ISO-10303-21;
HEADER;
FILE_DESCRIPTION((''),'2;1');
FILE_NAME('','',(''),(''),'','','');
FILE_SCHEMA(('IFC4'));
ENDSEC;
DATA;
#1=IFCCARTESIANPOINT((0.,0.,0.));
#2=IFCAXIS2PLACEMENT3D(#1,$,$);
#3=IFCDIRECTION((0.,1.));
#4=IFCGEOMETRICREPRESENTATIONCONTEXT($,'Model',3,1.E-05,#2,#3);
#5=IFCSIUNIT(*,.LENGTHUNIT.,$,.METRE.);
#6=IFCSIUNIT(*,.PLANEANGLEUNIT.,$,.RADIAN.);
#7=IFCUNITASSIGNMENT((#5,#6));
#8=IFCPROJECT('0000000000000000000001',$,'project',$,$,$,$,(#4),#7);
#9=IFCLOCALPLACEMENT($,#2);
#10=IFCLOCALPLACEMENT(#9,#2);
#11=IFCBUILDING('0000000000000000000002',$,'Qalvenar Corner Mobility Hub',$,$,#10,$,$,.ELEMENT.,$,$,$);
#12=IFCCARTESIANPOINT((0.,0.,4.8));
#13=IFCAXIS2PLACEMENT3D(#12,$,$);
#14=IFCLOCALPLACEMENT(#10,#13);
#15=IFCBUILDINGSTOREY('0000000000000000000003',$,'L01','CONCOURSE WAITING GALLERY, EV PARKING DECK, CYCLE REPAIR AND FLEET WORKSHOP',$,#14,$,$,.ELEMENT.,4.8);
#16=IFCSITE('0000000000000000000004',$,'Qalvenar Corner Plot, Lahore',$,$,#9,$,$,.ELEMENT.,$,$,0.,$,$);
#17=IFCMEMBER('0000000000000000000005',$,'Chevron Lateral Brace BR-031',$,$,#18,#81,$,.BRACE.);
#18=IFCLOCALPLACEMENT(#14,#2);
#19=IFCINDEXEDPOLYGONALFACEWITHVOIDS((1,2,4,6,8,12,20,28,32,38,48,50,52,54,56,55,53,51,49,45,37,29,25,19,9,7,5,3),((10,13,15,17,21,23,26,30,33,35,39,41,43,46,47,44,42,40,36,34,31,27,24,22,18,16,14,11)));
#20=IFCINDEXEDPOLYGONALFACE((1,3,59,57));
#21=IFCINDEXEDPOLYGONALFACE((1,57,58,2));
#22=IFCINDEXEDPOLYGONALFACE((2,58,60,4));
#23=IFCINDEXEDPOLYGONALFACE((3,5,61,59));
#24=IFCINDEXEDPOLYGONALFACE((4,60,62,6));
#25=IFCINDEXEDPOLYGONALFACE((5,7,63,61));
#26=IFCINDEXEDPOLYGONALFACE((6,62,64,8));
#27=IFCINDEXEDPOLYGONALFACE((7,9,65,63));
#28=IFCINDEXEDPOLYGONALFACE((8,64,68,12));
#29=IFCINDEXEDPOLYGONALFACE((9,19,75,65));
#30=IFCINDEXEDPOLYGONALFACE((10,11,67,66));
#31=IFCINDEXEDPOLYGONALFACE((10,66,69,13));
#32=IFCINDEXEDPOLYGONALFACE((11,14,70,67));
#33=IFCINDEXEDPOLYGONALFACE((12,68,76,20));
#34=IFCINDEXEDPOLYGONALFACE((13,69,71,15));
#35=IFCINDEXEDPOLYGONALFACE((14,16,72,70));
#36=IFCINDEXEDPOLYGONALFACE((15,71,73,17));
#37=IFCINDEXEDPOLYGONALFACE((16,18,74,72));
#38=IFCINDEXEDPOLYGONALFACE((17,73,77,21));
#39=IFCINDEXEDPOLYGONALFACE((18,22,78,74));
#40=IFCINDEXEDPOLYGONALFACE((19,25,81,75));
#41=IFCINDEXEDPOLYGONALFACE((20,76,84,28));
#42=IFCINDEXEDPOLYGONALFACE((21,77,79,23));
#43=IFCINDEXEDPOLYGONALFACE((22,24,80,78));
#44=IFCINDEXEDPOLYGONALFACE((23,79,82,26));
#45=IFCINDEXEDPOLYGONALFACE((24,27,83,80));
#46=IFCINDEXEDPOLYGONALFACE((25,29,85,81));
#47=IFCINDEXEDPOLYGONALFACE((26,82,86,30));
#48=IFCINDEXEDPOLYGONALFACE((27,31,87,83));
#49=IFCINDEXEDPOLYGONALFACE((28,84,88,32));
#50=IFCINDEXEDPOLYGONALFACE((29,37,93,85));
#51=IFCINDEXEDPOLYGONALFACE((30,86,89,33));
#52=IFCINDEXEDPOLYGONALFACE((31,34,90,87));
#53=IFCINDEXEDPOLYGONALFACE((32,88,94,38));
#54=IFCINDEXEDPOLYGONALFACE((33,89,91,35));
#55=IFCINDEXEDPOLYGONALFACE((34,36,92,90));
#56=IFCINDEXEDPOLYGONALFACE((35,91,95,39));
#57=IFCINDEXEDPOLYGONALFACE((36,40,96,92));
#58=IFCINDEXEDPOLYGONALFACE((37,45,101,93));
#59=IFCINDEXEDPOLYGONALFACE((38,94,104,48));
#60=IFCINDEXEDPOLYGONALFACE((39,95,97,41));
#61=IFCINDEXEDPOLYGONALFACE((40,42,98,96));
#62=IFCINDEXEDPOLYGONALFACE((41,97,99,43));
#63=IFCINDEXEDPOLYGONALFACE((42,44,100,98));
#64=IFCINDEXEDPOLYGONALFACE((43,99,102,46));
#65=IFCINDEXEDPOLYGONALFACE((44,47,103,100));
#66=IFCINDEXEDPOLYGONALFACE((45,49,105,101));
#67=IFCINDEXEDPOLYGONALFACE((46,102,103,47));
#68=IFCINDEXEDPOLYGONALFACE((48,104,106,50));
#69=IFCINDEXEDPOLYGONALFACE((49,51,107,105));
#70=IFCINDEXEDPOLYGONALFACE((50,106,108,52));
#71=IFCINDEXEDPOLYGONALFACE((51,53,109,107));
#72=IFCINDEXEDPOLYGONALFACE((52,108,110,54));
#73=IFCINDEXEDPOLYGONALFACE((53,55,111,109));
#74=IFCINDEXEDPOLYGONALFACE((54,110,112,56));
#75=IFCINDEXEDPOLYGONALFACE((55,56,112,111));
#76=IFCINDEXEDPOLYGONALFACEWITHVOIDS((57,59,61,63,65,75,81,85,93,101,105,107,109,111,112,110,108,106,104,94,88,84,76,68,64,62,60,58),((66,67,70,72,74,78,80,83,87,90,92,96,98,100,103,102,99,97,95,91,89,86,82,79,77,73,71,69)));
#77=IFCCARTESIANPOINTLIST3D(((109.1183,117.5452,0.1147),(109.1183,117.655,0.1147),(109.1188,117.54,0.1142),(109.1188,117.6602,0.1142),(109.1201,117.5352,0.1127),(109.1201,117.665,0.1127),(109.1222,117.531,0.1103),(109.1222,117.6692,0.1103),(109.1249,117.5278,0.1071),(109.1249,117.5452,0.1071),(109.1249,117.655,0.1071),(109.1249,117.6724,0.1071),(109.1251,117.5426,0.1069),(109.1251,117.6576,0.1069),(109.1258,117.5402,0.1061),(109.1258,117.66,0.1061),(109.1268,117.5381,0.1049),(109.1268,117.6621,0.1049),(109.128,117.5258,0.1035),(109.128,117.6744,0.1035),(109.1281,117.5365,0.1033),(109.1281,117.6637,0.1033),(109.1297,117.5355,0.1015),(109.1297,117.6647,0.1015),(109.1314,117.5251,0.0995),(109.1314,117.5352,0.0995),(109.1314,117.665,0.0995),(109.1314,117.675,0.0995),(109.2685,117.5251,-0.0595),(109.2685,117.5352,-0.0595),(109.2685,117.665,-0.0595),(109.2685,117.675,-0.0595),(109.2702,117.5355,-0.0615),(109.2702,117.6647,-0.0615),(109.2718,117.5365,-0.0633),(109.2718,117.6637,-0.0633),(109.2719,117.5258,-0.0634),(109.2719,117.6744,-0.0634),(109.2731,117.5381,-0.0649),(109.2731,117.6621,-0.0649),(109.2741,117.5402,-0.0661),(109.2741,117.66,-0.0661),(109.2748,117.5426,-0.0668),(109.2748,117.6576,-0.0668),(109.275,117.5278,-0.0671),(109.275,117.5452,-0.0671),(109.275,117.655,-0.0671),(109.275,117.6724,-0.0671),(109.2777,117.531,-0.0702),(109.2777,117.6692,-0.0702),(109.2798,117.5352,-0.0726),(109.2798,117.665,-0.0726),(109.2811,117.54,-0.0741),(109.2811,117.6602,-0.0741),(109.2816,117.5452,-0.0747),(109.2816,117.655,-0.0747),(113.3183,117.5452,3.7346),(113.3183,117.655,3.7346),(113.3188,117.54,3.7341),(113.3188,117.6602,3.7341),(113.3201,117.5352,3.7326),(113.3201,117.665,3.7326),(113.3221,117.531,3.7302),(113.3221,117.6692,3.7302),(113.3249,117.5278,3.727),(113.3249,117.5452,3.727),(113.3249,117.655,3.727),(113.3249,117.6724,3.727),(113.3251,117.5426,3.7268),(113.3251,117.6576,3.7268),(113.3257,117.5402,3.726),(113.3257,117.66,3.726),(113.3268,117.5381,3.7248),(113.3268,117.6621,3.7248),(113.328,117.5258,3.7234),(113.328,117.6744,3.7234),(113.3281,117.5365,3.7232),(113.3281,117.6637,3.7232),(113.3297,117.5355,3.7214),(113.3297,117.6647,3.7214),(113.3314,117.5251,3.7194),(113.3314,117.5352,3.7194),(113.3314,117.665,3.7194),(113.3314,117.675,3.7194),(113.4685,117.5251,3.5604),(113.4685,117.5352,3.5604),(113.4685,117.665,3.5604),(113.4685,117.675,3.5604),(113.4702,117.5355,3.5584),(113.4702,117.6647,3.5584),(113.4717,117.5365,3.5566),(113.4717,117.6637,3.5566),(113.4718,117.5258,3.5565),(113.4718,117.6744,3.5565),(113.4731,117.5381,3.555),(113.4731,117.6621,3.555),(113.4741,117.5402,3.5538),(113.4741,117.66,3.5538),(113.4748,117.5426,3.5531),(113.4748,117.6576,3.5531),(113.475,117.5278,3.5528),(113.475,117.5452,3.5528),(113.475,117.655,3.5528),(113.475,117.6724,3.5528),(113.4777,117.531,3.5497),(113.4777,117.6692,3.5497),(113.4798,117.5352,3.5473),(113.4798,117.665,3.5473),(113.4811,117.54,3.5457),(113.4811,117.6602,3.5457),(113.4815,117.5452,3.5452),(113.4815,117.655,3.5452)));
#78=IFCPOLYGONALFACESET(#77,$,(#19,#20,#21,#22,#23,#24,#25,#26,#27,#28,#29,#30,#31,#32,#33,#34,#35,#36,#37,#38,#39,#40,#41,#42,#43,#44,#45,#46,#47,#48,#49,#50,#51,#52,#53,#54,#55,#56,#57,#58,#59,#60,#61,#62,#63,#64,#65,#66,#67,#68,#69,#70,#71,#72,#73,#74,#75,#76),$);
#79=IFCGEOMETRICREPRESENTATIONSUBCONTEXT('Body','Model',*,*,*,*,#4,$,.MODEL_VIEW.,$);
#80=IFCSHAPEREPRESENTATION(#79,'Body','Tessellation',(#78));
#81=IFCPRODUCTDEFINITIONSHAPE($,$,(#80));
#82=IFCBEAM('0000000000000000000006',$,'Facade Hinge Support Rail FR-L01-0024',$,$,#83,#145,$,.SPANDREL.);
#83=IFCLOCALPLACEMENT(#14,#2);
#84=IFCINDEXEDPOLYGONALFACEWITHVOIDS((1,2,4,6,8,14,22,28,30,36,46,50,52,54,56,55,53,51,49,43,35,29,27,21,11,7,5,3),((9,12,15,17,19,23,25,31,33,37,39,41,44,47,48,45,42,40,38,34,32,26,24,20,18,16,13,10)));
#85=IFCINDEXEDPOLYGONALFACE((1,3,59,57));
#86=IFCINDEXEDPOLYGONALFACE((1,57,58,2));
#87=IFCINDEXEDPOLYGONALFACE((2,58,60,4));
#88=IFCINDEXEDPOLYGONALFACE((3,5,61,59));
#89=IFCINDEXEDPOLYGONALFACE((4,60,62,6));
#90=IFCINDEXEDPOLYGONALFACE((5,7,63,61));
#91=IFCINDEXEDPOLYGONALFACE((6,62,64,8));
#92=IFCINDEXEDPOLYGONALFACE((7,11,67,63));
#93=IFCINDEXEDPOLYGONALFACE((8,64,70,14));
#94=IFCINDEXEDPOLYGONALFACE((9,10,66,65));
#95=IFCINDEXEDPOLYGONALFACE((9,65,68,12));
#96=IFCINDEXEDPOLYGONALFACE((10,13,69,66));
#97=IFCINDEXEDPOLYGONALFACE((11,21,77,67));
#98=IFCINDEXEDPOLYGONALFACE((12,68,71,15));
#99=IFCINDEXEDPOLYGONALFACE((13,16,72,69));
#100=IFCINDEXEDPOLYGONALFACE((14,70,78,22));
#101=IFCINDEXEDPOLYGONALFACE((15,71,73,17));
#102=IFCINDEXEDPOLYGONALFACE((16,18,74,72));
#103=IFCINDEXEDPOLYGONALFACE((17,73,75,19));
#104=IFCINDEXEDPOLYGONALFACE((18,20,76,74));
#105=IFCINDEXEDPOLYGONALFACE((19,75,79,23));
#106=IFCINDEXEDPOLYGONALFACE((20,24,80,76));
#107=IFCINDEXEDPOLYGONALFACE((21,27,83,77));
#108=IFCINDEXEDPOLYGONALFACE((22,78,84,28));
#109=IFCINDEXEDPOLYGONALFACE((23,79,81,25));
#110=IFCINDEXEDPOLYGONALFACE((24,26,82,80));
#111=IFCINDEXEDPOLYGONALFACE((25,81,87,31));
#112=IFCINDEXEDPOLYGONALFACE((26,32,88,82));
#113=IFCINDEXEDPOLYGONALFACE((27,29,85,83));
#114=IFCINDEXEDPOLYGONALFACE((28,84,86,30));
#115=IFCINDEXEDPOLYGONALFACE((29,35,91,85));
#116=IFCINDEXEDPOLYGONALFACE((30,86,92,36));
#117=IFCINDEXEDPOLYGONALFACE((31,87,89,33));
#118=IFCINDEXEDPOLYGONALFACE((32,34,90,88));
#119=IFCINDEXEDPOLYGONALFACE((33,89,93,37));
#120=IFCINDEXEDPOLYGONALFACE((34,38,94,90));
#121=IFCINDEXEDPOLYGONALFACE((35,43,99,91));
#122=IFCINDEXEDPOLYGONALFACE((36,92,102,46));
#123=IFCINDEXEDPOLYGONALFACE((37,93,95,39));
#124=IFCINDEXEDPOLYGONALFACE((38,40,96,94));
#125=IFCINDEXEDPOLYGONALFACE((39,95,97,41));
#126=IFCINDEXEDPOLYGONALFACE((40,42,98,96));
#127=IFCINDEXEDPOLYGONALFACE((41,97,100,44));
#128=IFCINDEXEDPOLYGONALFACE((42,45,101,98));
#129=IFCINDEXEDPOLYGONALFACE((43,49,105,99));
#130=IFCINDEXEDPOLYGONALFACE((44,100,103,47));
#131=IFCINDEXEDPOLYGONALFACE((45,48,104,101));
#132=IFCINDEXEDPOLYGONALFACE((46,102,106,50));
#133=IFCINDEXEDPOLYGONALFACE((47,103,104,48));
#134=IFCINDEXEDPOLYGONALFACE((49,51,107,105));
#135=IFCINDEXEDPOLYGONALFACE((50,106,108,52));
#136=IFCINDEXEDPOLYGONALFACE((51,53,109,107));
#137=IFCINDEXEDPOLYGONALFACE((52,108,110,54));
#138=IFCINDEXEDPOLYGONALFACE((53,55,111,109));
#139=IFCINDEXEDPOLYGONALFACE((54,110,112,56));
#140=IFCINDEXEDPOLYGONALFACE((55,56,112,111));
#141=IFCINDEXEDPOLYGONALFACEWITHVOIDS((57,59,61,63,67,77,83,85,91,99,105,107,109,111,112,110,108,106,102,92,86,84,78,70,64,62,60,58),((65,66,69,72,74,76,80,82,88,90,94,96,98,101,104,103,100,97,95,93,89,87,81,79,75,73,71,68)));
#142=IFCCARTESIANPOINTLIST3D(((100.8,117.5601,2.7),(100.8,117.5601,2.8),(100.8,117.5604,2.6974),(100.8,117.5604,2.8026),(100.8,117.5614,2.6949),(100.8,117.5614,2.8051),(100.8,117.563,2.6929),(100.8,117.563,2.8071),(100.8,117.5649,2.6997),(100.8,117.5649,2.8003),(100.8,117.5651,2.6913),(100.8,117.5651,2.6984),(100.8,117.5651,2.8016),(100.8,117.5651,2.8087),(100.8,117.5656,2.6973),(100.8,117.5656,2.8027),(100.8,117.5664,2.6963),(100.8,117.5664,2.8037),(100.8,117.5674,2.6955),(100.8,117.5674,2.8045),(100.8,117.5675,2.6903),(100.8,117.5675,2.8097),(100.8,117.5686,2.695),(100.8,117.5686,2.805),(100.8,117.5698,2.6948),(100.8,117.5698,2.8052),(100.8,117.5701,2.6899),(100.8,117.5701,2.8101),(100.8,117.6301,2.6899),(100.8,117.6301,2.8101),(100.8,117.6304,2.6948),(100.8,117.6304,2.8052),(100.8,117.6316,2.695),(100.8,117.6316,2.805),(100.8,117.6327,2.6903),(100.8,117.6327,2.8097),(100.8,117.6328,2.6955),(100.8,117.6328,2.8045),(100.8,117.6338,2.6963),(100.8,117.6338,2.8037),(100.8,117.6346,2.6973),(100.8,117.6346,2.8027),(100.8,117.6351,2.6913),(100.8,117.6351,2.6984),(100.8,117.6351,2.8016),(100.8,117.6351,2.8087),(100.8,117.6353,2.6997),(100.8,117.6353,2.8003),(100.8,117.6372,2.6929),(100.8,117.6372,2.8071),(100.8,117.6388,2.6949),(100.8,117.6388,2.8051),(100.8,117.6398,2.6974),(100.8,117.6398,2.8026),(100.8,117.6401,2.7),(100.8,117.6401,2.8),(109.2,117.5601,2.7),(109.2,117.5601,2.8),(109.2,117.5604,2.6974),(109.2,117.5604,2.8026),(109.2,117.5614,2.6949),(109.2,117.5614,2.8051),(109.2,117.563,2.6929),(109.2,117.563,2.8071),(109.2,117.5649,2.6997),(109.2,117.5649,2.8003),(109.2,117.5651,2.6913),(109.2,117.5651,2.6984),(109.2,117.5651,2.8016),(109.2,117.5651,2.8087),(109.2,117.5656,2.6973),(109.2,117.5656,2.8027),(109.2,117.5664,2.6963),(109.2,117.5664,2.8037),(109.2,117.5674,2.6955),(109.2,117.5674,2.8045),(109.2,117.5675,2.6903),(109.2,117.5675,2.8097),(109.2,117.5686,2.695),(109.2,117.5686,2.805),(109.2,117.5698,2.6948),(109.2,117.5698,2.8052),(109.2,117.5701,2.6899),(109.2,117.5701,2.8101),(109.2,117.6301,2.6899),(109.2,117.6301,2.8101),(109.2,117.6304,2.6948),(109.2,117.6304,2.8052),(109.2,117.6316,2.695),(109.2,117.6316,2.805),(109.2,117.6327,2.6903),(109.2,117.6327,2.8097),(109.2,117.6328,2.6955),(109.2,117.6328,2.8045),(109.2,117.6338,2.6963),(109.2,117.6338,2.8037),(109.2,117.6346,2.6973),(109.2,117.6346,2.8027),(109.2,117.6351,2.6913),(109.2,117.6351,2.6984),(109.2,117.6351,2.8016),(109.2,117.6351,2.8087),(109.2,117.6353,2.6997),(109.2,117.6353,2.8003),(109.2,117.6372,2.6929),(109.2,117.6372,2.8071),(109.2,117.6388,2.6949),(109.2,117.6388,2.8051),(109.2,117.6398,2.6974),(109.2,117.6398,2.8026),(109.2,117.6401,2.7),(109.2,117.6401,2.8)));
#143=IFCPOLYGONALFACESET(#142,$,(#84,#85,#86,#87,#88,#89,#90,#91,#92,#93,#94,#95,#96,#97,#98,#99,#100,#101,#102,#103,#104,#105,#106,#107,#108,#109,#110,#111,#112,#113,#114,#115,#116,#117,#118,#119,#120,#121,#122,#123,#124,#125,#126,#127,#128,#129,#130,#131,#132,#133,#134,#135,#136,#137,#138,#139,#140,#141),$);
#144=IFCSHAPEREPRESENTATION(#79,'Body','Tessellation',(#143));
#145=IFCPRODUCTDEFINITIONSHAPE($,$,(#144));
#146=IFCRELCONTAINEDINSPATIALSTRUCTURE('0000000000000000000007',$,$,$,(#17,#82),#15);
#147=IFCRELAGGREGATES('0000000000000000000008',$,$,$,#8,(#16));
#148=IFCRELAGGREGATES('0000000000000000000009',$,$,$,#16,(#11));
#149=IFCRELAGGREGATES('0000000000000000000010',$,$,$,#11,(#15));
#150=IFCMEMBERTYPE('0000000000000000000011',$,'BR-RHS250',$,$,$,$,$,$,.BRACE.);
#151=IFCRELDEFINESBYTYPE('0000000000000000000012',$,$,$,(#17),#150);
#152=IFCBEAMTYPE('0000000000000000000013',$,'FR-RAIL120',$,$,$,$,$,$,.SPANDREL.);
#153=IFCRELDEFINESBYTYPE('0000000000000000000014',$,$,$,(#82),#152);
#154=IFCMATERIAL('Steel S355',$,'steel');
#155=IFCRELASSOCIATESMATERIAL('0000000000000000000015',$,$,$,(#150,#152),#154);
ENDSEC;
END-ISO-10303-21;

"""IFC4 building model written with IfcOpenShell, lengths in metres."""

from ifc_helpers import new_model, si_unit, direction, frame, origin, origin_2d, place, context, subcontext, project, spatial, hollow_rectangle, extrude, material, material_profile, profile_set, type_object, element, save


model = new_model("IFC4")

# Units and contexts
model_context = context("Model", 3, precision=1e-05, world=origin(), true_north=direction((0.0, 1.0)))
body_context = subcontext(model_context, "Body", "Model", "MODEL_VIEW")
ifc_project = project(units=[si_unit("LENGTHUNIT", "METRE"), si_unit("PLANEANGLEUNIT", "RADIAN")], contexts=[model_context])

# Site, building, storey
site_placement = place(None, origin())
site = spatial("IfcSite", under=ifc_project, at=site_placement, Name="Qalvenar Corner Plot, Lahore", CompositionType="ELEMENT", RefElevation=0.0)
building_placement = place(site_placement, origin())
building = spatial("IfcBuilding", under=site, at=building_placement, Name="Qalvenar Corner Mobility Hub", CompositionType="ELEMENT")
storey_placement = place(building_placement, frame((0.0, 0.0, 4.8)))
storey = spatial("IfcBuildingStorey", under=building, at=storey_placement, Name="L01", Description="CONCOURSE WAITING GALLERY, EV PARKING DECK, CYCLE REPAIR AND FLEET WORKSHOP", CompositionType="ELEMENT", Elevation=4.8)

# Shared definitions
ifc_material = material(Name="Steel S355", Category="steel")

# Member
ifc_material_profile_1 = material_profile(ifc_material, hollow_rectangle(XDim=0.1499, YDim=0.25, WallThickness=0.01, InnerFilletRadius=0.01, OuterFilletRadius=0.02, at=origin_2d()), Name="RHS250x150x10")
ifc_profile_set_1 = profile_set([ifc_material_profile_1], Name="Steel S355")
member_type = type_object("IfcMemberType", Name="BR-RHS250", PredefinedType="BRACE", material=ifc_profile_set_1)
member_placement = place(storey_placement, frame((109.2, 117.6001, 0.02), z_axis=(0.757479, 0.0, 0.652859), x_axis=(0.0, 1.0, 0.0)))
element("IfcMember", 1, at=member_placement, inside=storey, type_object=member_type, Name="Chevron Lateral Brace BR-031", PredefinedType="BRACE", context=body_context, shape_type="SweptSolid", body=[
    extrude(hollow_rectangle(XDim=0.1499, YDim=0.25, WallThickness=0.01, InnerFilletRadius=0.01, OuterFilletRadius=0.02, at=origin_2d()), origin(), (0.0, 0.0, 1.0), 5.5447),
])

# Beam
ifc_material_profile_2 = material_profile(ifc_material, hollow_rectangle(XDim=0.0801, YDim=0.1201, WallThickness=0.0049, InnerFilletRadius=0.0049, OuterFilletRadius=0.01, at=origin_2d()), Name="RHS120x80x5")
ifc_profile_set_2 = profile_set([ifc_material_profile_2], Name="Steel S355")
beam_type_1 = type_object("IfcBeamType", Name="FR-RAIL120", PredefinedType="SPANDREL", material=ifc_profile_set_2)
beam_1_placement = place(storey_placement, frame((109.2, 117.6001, 2.75), z_axis=(-1.0, 0.0, 0.0), x_axis=(0.0, -1.0, 0.0)))
element("IfcBeam", 2, at=beam_1_placement, inside=storey, type_object=beam_type_1, Name="Facade Hinge Support Rail FR-L01-0024", PredefinedType="SPANDREL", context=body_context, shape_type="SweptSolid", body=[
    extrude(hollow_rectangle(XDim=0.0801, YDim=0.1201, WallThickness=0.0049, InnerFilletRadius=0.0049, OuterFilletRadius=0.01, at=origin_2d()), origin(), (0.0, 0.0, 1.0), 8.3999),
])

save(model, "model.ifc")
